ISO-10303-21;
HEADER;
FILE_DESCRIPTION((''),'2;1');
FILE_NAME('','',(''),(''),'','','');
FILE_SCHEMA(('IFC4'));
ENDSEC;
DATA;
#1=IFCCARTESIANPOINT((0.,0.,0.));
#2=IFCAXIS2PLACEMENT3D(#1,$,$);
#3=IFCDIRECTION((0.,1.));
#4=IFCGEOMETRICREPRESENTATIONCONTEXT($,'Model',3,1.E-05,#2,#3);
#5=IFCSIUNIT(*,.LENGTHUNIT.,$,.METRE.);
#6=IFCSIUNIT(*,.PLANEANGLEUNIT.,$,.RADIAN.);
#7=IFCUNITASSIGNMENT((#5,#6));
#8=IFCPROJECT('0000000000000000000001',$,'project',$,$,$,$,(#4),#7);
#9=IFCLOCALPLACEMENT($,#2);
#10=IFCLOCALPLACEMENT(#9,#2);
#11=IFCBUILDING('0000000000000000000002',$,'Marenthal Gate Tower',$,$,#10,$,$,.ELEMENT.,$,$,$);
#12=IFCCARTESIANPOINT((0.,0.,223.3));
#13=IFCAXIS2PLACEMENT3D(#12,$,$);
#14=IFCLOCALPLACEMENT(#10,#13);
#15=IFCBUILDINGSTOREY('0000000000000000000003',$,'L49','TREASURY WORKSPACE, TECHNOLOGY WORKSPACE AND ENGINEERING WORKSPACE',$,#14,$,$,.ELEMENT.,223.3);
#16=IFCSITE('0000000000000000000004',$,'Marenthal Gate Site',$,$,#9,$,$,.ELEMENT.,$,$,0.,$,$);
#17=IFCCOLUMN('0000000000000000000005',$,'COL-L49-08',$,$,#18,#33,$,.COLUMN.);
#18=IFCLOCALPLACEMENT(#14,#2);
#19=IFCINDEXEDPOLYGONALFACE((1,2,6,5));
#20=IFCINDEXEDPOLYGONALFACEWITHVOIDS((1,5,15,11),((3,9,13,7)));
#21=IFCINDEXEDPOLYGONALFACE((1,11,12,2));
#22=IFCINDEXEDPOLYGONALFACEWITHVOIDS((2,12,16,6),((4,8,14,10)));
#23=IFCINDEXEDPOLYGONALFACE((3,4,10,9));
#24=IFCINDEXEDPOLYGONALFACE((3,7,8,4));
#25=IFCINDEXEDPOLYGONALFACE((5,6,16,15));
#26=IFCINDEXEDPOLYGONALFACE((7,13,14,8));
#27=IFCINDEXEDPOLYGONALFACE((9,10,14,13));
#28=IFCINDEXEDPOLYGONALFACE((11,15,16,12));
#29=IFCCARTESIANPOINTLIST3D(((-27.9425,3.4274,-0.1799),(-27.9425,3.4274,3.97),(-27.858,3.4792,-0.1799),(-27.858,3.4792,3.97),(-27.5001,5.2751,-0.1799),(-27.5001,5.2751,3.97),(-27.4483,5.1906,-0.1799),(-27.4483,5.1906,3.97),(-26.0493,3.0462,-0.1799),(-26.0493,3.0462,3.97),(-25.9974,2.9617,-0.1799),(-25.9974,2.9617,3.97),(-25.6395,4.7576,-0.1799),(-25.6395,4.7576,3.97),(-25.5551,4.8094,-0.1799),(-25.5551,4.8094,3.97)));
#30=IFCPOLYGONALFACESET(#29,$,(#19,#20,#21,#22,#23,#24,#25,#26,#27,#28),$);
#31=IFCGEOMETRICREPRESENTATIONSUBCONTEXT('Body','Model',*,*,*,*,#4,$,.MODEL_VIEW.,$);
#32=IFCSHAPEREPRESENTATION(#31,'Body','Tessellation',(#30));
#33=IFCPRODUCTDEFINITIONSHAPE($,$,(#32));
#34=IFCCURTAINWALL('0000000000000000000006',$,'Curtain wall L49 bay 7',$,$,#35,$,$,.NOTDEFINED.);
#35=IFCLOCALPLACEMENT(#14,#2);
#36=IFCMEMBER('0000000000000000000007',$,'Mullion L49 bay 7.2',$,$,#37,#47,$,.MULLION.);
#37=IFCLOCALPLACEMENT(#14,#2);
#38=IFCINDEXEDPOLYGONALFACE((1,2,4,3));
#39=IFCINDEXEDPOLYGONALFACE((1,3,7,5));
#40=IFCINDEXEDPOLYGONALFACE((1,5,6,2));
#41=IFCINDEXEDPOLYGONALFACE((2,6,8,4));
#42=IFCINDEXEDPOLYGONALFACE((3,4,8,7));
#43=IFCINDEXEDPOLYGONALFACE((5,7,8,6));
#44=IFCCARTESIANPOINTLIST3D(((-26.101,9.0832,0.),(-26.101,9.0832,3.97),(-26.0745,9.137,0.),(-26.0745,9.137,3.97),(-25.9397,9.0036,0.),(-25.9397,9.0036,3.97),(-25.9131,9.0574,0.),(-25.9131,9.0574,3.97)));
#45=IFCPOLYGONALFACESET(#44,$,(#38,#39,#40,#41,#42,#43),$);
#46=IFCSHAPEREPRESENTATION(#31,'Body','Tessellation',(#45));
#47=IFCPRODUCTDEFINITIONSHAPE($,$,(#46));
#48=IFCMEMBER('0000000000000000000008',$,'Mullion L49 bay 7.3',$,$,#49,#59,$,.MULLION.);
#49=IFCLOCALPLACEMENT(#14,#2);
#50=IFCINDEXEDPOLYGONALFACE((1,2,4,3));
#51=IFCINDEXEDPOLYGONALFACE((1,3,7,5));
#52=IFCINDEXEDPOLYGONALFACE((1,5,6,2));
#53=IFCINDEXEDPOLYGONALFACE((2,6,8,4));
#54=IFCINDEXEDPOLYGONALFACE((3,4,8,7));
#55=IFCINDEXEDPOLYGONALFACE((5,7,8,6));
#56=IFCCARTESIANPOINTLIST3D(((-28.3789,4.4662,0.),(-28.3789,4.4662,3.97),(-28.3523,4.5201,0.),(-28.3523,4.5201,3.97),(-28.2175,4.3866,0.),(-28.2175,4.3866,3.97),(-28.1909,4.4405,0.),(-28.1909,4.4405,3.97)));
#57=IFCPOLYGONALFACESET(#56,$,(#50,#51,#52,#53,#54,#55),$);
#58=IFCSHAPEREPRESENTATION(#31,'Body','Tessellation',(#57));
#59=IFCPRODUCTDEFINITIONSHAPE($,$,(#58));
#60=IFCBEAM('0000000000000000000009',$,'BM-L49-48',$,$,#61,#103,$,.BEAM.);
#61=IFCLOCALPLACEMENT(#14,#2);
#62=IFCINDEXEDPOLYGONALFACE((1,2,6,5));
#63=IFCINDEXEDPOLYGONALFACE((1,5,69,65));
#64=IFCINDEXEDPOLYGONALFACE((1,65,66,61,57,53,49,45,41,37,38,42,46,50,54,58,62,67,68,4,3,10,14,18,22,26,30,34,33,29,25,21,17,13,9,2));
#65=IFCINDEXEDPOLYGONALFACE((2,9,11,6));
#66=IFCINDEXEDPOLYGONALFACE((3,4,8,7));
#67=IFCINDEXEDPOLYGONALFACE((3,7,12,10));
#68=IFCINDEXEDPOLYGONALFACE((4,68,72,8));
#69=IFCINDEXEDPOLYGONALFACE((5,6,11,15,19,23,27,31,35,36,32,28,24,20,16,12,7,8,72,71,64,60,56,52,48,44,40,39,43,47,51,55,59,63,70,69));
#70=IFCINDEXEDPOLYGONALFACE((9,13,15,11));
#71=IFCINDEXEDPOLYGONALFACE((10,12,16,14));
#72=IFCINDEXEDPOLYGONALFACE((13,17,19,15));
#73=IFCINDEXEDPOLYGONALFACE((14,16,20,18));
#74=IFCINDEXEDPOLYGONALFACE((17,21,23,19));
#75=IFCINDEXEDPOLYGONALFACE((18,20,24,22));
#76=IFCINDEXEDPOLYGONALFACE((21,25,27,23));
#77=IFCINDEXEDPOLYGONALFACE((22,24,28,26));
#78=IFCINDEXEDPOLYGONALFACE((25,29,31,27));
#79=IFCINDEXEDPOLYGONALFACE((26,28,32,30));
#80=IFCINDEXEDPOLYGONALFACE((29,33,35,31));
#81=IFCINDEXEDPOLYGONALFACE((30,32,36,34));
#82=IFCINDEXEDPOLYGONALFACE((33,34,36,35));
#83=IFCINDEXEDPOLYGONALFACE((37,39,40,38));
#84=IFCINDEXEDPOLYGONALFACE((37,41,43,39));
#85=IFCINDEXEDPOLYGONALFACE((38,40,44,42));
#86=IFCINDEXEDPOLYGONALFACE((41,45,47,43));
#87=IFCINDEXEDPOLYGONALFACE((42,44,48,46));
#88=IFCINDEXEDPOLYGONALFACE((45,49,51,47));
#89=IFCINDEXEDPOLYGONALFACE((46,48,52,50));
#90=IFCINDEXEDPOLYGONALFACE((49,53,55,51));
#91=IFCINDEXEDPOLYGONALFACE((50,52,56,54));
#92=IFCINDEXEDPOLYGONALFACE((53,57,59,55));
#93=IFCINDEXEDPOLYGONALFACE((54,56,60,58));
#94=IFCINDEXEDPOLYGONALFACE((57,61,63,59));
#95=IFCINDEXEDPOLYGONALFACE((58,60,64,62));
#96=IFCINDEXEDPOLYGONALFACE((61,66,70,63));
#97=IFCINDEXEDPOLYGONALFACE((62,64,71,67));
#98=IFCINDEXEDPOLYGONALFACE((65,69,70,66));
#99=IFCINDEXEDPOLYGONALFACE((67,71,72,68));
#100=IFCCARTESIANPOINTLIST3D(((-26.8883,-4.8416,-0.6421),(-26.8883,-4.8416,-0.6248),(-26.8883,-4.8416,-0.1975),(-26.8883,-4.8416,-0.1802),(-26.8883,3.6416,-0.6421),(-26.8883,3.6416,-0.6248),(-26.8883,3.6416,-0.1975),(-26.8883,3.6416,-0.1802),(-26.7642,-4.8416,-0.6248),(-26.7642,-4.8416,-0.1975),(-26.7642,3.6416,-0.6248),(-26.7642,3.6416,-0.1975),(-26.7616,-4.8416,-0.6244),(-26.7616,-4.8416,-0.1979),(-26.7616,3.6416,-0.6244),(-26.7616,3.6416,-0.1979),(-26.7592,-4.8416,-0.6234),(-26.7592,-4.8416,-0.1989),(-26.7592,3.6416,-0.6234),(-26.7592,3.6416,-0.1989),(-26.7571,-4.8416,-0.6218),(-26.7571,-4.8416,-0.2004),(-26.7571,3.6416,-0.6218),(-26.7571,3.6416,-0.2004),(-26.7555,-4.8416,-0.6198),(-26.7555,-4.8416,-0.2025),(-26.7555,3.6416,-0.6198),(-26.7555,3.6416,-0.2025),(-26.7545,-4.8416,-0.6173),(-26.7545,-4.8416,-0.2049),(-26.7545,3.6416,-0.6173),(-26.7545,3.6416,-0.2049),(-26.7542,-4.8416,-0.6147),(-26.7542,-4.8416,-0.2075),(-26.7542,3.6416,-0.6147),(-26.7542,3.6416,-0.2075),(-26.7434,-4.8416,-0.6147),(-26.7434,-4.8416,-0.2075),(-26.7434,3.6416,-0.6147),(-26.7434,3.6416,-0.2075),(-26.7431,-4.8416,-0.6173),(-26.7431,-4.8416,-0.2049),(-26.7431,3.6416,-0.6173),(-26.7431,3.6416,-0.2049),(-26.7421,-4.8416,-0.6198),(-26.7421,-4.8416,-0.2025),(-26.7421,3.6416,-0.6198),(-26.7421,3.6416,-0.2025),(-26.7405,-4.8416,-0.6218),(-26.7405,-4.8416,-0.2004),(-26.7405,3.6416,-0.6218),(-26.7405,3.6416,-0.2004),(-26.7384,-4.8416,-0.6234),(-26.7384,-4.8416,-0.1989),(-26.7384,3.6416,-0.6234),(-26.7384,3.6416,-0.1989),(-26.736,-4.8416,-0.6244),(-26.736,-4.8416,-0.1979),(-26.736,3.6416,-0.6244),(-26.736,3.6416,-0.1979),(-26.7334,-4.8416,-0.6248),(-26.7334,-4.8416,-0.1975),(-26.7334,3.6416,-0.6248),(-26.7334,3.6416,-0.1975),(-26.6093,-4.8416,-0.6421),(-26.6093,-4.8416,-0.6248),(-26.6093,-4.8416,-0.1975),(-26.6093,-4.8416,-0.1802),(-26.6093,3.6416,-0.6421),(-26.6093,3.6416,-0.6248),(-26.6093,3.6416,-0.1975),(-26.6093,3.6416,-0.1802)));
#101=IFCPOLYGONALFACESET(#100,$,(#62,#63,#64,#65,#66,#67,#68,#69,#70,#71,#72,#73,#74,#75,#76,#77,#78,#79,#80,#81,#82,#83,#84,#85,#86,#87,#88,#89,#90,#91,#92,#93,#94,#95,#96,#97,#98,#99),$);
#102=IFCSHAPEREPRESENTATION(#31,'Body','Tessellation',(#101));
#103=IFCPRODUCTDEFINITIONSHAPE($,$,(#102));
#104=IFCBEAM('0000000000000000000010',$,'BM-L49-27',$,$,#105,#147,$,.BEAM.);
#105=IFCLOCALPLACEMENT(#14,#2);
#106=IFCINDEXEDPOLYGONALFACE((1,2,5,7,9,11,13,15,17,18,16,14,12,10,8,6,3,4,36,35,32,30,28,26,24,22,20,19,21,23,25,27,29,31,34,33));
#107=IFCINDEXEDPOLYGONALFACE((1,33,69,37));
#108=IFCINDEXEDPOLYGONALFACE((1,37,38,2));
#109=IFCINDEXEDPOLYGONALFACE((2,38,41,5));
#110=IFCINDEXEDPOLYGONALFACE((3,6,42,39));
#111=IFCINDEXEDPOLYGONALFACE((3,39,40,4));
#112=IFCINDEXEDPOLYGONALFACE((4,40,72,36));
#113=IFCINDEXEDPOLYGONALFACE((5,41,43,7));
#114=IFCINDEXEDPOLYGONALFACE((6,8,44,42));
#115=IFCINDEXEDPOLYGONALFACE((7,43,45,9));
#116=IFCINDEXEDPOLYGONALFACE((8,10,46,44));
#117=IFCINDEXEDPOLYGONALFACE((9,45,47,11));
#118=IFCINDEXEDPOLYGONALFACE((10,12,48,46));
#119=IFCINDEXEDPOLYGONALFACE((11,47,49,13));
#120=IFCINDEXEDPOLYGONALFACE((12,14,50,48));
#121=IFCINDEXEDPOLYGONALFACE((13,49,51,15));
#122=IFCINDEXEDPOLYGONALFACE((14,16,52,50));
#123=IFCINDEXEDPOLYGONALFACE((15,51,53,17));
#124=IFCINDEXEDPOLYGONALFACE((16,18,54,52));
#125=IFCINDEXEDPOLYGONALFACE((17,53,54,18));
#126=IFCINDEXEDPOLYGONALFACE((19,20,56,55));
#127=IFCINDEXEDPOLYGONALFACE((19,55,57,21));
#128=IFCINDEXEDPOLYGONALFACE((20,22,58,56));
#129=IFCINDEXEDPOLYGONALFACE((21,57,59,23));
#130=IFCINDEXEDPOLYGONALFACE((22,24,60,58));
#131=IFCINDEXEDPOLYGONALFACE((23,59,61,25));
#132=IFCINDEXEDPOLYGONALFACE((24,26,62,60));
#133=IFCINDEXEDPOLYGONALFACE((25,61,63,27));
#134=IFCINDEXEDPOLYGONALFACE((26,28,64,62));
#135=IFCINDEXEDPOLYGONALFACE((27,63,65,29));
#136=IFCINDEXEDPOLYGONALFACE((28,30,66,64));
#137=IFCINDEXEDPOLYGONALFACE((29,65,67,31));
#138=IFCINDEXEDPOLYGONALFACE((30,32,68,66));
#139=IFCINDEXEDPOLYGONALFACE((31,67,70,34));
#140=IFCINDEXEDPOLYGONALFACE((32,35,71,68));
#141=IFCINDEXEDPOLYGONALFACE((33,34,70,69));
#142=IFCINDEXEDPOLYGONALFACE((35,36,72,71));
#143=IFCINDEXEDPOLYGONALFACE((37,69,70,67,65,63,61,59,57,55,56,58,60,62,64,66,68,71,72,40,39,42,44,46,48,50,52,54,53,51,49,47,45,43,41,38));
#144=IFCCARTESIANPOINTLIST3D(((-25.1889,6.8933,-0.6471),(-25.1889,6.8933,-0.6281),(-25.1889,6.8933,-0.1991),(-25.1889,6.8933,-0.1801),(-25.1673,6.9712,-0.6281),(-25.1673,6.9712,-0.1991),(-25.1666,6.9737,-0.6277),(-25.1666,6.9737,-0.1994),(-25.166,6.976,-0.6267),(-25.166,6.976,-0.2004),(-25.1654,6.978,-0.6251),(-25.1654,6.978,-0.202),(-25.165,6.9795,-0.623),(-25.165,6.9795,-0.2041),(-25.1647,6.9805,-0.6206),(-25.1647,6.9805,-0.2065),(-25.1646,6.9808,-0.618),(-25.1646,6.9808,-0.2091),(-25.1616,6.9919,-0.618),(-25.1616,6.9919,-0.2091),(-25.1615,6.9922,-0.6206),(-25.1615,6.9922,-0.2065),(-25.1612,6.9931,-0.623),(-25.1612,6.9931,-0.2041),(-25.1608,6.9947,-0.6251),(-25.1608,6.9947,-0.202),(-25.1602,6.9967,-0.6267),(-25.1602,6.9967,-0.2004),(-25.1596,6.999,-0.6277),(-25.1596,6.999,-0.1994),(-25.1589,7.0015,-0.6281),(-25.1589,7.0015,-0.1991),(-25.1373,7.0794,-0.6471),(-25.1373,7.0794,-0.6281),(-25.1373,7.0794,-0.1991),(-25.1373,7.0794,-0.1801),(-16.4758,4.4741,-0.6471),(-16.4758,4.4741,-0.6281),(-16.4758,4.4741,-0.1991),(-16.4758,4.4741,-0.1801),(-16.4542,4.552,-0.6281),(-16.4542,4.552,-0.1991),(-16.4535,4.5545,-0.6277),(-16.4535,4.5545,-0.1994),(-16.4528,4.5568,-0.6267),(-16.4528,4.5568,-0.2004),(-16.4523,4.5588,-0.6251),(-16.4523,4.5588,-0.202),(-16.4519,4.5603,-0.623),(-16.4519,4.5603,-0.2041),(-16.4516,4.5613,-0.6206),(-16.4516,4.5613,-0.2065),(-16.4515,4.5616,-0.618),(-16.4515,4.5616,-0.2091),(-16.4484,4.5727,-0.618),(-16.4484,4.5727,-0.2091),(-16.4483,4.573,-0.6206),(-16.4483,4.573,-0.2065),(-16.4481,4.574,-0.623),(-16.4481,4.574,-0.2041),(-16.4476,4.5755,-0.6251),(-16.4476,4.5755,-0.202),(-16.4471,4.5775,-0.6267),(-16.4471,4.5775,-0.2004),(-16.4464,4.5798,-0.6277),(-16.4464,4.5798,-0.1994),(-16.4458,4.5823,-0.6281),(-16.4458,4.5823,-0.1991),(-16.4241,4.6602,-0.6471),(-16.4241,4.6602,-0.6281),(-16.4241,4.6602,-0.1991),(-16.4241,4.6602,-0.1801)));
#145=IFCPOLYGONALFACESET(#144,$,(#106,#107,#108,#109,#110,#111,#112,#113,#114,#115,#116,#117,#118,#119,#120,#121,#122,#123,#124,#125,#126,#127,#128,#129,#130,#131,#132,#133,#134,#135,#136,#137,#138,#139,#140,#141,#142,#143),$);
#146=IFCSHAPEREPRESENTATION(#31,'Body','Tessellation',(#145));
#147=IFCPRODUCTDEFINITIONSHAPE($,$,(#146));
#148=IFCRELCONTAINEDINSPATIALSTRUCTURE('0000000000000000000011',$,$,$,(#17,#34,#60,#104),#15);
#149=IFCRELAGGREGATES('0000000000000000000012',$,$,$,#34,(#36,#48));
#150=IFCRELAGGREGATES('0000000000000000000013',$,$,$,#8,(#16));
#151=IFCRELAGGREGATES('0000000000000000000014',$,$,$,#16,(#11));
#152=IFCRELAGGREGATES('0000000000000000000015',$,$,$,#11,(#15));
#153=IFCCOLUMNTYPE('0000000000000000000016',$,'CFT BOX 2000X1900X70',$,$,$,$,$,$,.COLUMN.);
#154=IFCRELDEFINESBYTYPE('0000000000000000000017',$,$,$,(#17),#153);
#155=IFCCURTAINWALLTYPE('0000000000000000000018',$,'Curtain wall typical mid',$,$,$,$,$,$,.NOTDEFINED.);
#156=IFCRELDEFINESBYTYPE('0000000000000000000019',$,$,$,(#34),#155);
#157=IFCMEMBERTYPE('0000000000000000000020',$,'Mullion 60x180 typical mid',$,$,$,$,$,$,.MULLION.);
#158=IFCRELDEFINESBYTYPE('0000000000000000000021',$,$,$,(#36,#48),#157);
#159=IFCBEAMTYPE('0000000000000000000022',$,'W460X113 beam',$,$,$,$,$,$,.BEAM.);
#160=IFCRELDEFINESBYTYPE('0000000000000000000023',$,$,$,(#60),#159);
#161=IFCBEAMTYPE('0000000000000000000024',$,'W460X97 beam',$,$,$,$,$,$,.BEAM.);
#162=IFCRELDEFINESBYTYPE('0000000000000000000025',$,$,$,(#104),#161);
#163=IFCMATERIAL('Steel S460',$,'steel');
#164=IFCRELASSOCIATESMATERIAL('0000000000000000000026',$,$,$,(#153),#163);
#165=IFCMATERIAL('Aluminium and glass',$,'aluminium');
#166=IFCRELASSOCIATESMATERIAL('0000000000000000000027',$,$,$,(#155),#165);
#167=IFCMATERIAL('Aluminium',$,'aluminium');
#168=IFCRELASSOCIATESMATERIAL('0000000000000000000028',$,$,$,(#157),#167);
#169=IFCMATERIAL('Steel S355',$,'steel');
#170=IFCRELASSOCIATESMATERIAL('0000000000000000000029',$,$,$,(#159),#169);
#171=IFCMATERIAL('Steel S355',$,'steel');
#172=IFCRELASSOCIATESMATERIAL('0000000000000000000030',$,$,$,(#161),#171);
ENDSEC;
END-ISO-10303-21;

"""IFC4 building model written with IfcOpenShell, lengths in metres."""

from ifc_helpers import new_model, si_unit, direction, frame, origin, origin_2d, place, context, subcontext, project, spatial, rectangle, hollow_rectangle, i_section, extrude, material, material_profile, profile_set, type_object, element, aggregate, save


model = new_model("IFC4")

# Units and contexts
model_context = context("Model", 3, precision=1e-05, world=origin(), true_north=direction((0.0, 1.0)))
body_context = subcontext(model_context, "Body", "Model", "MODEL_VIEW")
ifc_project = project(units=[si_unit("LENGTHUNIT", "METRE"), si_unit("PLANEANGLEUNIT", "RADIAN")], contexts=[model_context])

# Site, building, storey
site_placement = place(None, origin())
site = spatial("IfcSite", under=ifc_project, at=site_placement, Name="Marenthal Gate Site", CompositionType="ELEMENT", RefElevation=0.0)
building_placement = place(site_placement, origin())
building = spatial("IfcBuilding", under=site, at=building_placement, Name="Marenthal Gate Tower", CompositionType="ELEMENT")
storey_placement = place(building_placement, frame((0.0, 0.0, 223.3)))
storey = spatial("IfcBuildingStorey", under=building, at=storey_placement, Name="L49", Description="TREASURY WORKSPACE, TECHNOLOGY WORKSPACE AND ENGINEERING WORKSPACE", CompositionType="ELEMENT", Elevation=223.3)

# Column
ifc_material_1 = material(Name="Steel S460", Category="steel")
ifc_material_profile_1 = material_profile(ifc_material_1, hollow_rectangle(XDim=1.8999, YDim=2.0, WallThickness=0.0701, at=origin_2d()), Name="CFT BOX 2000X1900X70")
ifc_material_2 = material(Name="Concrete 70 MPa", Category="concrete")
ifc_material_profile_2 = material_profile(ifc_material_2, rectangle(XDim=1.76, YDim=1.8601, at=origin_2d()), Name="CFT BOX 2000X1900X70 INFILL")
ifc_profile_set_1 = profile_set([ifc_material_profile_1, ifc_material_profile_2], Name="Steel S460 shell, Concrete 70 MPa infill")
column_type = type_object("IfcColumnType", Name="CFT BOX 2000X1900X70", PredefinedType="COLUMN", material=ifc_profile_set_1)
column_placement = place(storey_placement, frame((-26.7488, 4.1184, -0.1799), z_axis=(0.0, 0.0, 1.0), x_axis=(0.232822, 0.972519, 0.0)))
element("IfcColumn", 1, at=column_placement, inside=storey, type_object=column_type, Name="COL-L49-08", PredefinedType="COLUMN", context=body_context, shape_type="SweptSolid", body=[
    extrude(hollow_rectangle(XDim=1.8999, YDim=2.0, WallThickness=0.0701, at=origin_2d()), origin(), (0.0, 0.0, 1.0), 4.1499),
])

# Curtain wall, members
ifc_material_3 = material(Name="Aluminium and glass", Category="aluminium")
curtain_wall_type = type_object("IfcCurtainWallType", Name="Curtain wall typical mid", PredefinedType="NOTDEFINED", material=ifc_material_3)
curtain_wall_placement = place(storey_placement, origin())
curtain_wall = element("IfcCurtainWall", 2, at=curtain_wall_placement, inside=storey, type_object=curtain_wall_type, Name="Curtain wall L49 bay 7", PredefinedType="NOTDEFINED")
ifc_material_4 = material(Name="Aluminium", Category="aluminium")
ifc_material_profile_3 = material_profile(ifc_material_4, rectangle(XDim=0.1799, YDim=0.0601, at=origin_2d()), Name="60x180 aluminium mullion")
ifc_profile_set_2 = profile_set([ifc_material_profile_3], Name="Aluminium")
member_type = type_object("IfcMemberType", Name="Mullion 60x180 typical mid", PredefinedType="MULLION", material=ifc_profile_set_2)
member_1_placement = place(storey_placement, frame((-26.0071, 9.0703, 0.0), z_axis=(0.0, 0.0, 1.0), x_axis=(0.896798, -0.442441, 0.0)))
member_1 = element("IfcMember", 3, at=member_1_placement, type_object=member_type, Name="Mullion L49 bay 7.2", PredefinedType="MULLION", context=body_context, shape_type="SweptSolid", body=[
    extrude(rectangle(XDim=0.1799, YDim=0.0601, at=origin_2d()), origin(), (0.0, 0.0, 1.0), 3.97),
])
member_2_placement = place(storey_placement, frame((-28.2849, 4.4534, 0.0), z_axis=(0.0, 0.0, 1.0), x_axis=(0.896798, -0.442441, 0.0)))
member_2 = element("IfcMember", 4, at=member_2_placement, type_object=member_type, Name="Mullion L49 bay 7.3", PredefinedType="MULLION", context=body_context, shape_type="SweptSolid", body=[
    extrude(rectangle(XDim=0.1799, YDim=0.0601, at=origin_2d()), origin(), (0.0, 0.0, 1.0), 3.97),
])

# Beams
ifc_material_5 = material(Name="Steel S355", Category="steel")
ifc_material_profile_4 = material_profile(ifc_material_5, i_section(OverallWidth=0.2791, OverallDepth=0.4619, WebThickness=0.0107, FlangeThickness=0.0173, FilletRadius=0.01, at=origin_2d()), Name="W460X113")
ifc_profile_set_3 = profile_set([ifc_material_profile_4], Name="Steel S355")
beam_type_1 = type_object("IfcBeamType", Name="W460X113 beam", PredefinedType="BEAM", material=ifc_profile_set_3)
beam_1_placement = place(storey_placement, frame((-26.7488, 3.6416, -0.4111), z_axis=(0.0, -1.0, 0.0), x_axis=(1.0, 0.0, 0.0)))
element("IfcBeam", 5, at=beam_1_placement, inside=storey, type_object=beam_type_1, Name="BM-L49-48", PredefinedType="BEAM", context=body_context, shape_type="SweptSolid", body=[
    extrude(i_section(OverallWidth=0.2791, OverallDepth=0.4619, WebThickness=0.0107, FlangeThickness=0.0173, FilletRadius=0.01, at=origin_2d()), origin(), (0.0, 0.0, 1.0), 8.4832),
])
ifc_material_6 = material(Name="Steel S355", Category="steel")
ifc_material_profile_5 = material_profile(ifc_material_6, i_section(OverallWidth=0.1931, OverallDepth=0.467, WebThickness=0.0115, FlangeThickness=0.019, FilletRadius=0.01, at=origin_2d()), Name="W460X97")
ifc_profile_set_4 = profile_set([ifc_material_profile_5], Name="Steel S355")
beam_type_2 = type_object("IfcBeamType", Name="W460X97 beam", PredefinedType="BEAM", material=ifc_profile_set_4)
beam_2_placement = place(storey_placement, frame((-25.1631, 6.9863, -0.4136), z_axis=(0.96355, -0.267528, 0.0), x_axis=(0.267528, 0.96355, 0.0)))
element("IfcBeam", 6, at=beam_2_placement, inside=storey, type_object=beam_type_2, Name="BM-L49-27", PredefinedType="BEAM", context=body_context, shape_type="SweptSolid", body=[
    extrude(i_section(OverallWidth=0.1931, OverallDepth=0.467, WebThickness=0.0115, FlangeThickness=0.019, FilletRadius=0.01, at=origin_2d()), origin(), (0.0, 0.0, 1.0), 9.0427),
])

aggregate(curtain_wall, [member_1, member_2])

save(model, "model.ifc")
